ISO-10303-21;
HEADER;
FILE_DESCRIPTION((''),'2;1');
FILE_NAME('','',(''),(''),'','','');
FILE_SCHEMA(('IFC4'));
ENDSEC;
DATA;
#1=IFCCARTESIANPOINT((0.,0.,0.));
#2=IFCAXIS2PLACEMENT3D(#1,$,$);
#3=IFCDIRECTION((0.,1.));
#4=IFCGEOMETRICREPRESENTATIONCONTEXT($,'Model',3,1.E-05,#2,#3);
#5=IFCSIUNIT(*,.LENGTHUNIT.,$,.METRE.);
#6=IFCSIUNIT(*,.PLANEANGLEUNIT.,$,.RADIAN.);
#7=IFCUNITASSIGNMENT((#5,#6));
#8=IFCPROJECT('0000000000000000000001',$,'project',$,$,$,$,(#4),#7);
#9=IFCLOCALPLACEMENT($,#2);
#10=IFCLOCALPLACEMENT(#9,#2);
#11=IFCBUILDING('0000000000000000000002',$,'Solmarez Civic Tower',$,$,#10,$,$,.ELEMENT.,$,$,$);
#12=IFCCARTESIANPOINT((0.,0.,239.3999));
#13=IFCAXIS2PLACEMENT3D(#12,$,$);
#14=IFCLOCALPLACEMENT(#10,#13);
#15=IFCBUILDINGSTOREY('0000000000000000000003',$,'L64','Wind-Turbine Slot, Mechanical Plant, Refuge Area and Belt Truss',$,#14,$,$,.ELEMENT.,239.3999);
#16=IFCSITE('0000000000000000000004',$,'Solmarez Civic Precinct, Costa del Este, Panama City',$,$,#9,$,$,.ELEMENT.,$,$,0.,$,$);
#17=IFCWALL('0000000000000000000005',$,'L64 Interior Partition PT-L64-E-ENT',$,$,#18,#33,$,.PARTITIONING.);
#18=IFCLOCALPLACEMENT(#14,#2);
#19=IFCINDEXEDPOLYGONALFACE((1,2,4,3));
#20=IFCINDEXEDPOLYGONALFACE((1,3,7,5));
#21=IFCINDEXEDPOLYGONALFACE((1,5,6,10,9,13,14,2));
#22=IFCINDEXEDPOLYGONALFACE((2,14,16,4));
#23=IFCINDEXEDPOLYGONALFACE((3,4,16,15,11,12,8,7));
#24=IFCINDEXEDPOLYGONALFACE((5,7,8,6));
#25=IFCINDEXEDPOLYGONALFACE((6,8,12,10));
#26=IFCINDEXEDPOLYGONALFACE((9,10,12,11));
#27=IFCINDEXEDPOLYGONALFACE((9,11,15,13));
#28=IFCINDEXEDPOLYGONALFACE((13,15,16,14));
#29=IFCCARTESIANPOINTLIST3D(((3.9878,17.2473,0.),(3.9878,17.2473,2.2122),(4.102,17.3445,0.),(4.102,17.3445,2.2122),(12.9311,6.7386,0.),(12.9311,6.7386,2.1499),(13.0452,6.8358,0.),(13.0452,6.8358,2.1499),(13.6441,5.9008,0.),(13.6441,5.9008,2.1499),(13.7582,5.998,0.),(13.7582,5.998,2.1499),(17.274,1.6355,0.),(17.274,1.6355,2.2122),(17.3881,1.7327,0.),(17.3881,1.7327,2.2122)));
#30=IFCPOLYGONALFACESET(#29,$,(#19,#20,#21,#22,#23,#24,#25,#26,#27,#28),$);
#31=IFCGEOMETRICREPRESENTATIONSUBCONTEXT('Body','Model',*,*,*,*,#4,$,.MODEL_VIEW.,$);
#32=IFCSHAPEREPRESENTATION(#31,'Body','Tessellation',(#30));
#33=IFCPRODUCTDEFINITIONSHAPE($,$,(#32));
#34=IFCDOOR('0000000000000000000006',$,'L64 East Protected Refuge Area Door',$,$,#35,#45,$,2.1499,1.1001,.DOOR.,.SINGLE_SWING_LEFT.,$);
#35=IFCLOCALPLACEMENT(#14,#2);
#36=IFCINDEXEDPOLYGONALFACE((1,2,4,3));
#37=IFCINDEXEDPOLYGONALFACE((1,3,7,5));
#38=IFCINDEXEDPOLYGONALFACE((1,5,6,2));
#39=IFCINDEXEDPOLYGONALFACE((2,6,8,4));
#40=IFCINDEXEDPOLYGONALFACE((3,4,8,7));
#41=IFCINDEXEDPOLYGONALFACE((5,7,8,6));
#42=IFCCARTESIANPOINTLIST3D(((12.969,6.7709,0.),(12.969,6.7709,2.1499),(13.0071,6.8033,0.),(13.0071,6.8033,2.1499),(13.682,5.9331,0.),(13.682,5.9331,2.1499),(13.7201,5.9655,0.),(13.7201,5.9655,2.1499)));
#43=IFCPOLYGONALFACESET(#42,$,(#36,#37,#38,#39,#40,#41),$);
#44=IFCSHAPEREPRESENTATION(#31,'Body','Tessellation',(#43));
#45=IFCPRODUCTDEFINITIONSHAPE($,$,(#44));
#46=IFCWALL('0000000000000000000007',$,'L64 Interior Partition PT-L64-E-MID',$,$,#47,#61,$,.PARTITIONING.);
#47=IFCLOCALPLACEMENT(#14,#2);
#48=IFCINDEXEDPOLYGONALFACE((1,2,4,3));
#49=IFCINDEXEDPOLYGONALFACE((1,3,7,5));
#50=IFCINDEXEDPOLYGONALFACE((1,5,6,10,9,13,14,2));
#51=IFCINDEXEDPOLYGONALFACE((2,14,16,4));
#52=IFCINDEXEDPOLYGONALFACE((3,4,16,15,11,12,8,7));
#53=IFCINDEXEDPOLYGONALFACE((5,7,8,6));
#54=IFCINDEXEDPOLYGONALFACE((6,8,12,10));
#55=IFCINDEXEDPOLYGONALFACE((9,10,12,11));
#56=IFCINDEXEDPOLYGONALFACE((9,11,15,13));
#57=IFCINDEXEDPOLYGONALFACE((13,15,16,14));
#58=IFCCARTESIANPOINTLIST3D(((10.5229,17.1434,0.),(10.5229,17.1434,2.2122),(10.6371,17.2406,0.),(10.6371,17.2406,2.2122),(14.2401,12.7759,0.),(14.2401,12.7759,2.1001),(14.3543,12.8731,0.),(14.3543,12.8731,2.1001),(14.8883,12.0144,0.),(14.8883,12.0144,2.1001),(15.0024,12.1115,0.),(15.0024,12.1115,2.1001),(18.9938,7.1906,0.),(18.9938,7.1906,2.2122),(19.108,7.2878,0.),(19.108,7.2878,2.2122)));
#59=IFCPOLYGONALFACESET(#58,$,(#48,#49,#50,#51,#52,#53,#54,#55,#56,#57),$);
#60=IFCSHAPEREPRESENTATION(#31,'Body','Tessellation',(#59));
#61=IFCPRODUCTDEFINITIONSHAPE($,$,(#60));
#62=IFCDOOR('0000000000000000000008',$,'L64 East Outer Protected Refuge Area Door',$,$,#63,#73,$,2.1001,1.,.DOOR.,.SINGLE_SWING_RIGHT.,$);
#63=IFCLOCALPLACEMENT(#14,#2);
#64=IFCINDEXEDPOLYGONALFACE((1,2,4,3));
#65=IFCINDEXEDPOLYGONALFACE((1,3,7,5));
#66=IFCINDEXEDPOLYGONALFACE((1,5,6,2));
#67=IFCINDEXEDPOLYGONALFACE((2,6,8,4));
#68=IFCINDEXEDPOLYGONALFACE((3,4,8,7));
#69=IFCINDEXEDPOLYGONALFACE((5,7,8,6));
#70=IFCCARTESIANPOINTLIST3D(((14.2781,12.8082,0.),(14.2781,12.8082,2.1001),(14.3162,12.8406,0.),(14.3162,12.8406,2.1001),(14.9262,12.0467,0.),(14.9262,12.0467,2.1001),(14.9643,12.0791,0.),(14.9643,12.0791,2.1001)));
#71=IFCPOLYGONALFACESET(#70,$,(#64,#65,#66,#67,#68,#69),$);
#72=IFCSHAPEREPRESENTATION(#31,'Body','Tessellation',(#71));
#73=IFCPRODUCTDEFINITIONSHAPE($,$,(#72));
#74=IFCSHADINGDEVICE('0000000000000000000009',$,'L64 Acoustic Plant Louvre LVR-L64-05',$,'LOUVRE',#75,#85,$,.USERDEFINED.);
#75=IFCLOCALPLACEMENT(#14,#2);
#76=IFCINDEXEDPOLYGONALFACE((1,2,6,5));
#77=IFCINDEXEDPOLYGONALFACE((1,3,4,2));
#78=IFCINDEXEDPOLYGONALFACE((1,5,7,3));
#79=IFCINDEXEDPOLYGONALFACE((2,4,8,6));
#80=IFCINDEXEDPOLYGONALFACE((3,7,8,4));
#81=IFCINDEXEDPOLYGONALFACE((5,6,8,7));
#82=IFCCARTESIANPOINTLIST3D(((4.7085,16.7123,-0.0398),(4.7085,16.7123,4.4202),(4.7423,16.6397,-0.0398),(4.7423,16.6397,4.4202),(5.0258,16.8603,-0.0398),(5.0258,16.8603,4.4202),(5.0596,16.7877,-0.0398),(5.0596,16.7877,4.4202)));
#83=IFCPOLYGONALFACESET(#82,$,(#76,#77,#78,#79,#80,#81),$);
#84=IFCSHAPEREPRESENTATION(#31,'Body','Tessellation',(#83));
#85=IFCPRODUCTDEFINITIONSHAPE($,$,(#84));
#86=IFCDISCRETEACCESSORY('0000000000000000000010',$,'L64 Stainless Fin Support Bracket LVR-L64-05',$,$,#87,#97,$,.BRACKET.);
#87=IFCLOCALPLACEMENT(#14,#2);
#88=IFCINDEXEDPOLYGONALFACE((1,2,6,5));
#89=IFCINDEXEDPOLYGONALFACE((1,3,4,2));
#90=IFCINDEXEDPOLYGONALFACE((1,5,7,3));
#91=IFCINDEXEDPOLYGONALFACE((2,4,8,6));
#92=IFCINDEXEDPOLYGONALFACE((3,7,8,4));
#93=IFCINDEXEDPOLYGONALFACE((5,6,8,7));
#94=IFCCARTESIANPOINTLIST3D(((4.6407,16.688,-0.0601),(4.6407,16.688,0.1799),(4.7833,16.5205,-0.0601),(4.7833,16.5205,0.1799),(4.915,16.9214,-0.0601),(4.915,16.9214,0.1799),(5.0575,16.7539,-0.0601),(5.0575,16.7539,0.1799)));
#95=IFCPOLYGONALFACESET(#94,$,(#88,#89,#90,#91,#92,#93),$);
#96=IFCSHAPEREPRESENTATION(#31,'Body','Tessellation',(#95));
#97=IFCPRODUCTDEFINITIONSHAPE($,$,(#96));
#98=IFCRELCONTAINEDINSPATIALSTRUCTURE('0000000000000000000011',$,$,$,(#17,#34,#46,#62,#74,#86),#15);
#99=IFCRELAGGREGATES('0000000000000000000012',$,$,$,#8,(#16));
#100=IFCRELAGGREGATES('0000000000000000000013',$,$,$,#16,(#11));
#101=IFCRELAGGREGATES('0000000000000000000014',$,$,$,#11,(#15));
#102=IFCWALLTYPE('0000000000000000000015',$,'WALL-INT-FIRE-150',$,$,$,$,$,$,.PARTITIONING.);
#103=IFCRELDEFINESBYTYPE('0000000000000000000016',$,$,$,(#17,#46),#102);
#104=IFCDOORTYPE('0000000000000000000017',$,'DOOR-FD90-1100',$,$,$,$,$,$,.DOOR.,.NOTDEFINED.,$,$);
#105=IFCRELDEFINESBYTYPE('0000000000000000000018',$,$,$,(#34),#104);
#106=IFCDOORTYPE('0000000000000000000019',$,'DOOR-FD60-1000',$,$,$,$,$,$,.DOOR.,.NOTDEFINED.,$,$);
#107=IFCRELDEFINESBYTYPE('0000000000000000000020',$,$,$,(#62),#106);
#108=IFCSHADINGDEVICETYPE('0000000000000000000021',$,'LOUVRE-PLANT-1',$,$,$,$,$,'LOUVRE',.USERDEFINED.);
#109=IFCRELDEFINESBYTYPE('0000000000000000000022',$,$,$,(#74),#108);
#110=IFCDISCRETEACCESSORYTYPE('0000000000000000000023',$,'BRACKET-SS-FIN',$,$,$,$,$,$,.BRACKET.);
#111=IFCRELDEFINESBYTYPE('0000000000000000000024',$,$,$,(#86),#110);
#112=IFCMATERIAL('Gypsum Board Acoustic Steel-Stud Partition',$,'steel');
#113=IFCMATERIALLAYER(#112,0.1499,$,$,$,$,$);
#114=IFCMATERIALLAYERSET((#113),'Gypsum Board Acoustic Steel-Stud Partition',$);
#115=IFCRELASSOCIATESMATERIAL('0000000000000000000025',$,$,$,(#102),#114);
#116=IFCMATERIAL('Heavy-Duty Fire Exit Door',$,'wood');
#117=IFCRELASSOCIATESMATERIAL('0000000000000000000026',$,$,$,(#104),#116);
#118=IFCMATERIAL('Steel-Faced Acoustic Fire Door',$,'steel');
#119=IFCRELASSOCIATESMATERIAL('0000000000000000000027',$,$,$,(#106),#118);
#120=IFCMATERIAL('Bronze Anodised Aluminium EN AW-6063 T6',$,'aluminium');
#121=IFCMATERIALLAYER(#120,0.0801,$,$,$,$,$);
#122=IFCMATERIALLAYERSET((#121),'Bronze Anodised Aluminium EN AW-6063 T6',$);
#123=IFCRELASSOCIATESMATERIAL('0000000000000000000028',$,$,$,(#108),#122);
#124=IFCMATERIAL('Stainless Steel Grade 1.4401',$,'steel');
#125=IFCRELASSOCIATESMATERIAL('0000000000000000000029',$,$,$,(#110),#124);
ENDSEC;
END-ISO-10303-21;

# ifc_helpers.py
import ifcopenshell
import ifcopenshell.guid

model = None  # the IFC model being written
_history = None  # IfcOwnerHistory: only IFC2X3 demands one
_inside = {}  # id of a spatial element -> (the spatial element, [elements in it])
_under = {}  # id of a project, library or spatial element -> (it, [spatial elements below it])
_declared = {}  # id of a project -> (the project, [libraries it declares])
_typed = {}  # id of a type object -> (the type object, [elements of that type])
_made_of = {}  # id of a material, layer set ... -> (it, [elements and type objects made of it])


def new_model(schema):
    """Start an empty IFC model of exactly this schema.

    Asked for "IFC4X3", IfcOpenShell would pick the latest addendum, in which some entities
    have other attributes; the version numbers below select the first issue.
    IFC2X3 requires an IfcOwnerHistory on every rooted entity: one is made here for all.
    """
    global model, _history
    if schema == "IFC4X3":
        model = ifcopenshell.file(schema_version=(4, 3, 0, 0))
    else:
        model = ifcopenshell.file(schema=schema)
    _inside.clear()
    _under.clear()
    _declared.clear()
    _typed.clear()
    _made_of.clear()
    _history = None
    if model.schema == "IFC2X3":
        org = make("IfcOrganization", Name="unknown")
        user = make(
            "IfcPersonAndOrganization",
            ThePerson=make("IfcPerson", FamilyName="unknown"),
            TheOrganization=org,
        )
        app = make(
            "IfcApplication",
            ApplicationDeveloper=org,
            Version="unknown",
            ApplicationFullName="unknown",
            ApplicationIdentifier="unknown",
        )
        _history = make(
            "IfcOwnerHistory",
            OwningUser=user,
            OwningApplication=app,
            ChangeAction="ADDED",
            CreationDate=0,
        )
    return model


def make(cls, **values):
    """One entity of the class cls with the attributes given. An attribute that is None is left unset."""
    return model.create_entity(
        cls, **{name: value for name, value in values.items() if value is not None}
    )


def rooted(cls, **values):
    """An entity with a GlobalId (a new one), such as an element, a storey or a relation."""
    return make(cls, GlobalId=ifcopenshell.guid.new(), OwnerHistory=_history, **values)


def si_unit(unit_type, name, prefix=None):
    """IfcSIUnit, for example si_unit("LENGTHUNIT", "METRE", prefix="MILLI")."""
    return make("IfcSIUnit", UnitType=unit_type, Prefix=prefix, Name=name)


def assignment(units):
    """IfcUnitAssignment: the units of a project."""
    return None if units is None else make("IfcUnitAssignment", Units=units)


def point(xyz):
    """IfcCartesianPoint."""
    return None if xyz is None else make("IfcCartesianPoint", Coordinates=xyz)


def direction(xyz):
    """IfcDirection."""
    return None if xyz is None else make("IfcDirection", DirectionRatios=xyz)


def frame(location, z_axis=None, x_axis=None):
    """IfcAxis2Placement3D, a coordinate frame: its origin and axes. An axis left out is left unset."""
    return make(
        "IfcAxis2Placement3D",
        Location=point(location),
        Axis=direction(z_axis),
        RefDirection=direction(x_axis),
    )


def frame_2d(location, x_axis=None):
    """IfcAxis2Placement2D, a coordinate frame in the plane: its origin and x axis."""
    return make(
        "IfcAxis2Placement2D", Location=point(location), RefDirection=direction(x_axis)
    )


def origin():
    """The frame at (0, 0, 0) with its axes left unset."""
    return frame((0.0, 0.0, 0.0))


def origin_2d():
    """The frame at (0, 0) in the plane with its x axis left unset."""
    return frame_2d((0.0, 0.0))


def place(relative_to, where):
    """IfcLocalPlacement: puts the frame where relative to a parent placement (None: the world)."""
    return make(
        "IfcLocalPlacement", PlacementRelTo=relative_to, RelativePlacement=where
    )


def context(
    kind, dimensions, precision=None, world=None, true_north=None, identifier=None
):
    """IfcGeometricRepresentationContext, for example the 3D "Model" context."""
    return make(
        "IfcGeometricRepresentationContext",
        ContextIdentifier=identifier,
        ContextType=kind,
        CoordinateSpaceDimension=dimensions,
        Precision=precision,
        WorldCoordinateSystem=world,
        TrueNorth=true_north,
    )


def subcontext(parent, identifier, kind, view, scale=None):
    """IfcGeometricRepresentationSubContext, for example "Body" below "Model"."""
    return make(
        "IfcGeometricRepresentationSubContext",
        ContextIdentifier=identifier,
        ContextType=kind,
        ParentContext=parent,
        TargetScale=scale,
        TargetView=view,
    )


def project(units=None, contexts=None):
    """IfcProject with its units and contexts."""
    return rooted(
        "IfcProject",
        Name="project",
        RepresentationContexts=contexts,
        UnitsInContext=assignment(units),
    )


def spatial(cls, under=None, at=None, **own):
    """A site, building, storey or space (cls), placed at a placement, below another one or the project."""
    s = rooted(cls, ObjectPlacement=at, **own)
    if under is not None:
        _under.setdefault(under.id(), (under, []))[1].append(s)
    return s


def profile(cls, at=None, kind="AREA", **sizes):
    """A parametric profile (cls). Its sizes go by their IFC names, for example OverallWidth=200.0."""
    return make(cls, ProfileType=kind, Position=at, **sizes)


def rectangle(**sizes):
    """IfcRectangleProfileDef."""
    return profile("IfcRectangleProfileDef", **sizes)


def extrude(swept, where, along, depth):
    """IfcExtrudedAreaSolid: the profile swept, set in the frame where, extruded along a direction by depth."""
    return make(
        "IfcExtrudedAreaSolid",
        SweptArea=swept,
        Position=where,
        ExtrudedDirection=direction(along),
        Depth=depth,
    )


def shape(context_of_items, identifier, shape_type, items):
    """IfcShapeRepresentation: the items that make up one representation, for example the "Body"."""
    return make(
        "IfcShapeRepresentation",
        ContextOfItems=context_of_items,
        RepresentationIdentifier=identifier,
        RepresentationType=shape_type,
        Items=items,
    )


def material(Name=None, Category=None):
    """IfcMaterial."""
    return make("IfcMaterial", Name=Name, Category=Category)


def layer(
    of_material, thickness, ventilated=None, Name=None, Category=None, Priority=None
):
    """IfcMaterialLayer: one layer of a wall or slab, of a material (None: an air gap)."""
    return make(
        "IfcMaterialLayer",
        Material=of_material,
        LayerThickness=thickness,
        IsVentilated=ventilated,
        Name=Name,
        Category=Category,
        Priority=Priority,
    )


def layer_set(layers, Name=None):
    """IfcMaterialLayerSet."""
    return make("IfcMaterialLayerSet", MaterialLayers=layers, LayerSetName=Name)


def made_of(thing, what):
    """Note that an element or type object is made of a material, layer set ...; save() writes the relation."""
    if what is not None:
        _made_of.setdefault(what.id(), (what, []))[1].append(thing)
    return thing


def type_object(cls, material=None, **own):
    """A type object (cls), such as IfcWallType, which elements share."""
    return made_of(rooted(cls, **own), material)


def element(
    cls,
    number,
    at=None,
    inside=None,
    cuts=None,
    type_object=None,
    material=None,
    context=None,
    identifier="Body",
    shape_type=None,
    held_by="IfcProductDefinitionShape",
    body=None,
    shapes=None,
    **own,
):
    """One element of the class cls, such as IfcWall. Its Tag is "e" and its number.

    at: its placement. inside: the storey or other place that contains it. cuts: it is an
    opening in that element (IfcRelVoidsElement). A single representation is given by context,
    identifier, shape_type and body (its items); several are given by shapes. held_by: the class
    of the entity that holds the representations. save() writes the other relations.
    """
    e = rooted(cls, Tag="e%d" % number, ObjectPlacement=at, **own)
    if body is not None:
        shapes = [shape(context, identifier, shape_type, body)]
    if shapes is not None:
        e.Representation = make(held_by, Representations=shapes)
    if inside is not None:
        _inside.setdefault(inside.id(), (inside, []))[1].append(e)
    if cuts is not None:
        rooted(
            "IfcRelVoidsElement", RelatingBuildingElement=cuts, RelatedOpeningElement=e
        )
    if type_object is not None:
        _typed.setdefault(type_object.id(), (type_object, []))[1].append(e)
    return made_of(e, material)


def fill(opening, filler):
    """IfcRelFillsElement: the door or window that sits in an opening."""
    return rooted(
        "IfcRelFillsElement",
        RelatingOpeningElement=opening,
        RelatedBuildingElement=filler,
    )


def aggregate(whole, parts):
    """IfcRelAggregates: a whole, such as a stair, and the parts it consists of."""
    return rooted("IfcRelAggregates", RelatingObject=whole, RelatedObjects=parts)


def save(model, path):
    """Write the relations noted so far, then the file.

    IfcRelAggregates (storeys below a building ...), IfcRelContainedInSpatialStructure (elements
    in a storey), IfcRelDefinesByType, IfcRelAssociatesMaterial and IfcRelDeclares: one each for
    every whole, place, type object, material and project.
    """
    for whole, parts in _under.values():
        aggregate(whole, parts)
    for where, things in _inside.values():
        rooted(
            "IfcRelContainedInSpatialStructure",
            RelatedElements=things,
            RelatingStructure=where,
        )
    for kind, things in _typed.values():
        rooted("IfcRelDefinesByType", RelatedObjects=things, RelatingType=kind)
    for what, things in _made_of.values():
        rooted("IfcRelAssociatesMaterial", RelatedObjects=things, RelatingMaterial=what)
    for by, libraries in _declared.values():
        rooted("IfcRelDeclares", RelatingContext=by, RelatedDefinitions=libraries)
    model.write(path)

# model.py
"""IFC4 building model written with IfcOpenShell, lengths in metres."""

from ifc_helpers import new_model, si_unit, direction, frame, frame_2d, origin, origin_2d, place, context, subcontext, project, spatial, rectangle, extrude, material, layer, layer_set, type_object, element, fill, save


model = new_model("IFC4")

# Units and contexts
model_context = context("Model", 3, precision=1e-05, world=origin(), true_north=direction((0.0, 1.0)))
body_context = subcontext(model_context, "Body", "Model", "MODEL_VIEW")
ifc_project = project(units=[si_unit("LENGTHUNIT", "METRE"), si_unit("PLANEANGLEUNIT", "RADIAN")], contexts=[model_context])

# Site, building, storey
site_placement = place(None, origin())
site = spatial("IfcSite", under=ifc_project, at=site_placement, Name="Solmarez Civic Precinct, Costa del Este, Panama City", CompositionType="ELEMENT", RefElevation=0.0)
building_placement = place(site_placement, origin())
building = spatial("IfcBuilding", under=site, at=building_placement, Name="Solmarez Civic Tower", CompositionType="ELEMENT")
storey_placement = place(building_placement, frame((0.0, 0.0, 239.3999)))
storey = spatial("IfcBuildingStorey", under=building, at=storey_placement, Name="L64", Description="Wind-Turbine Slot, Mechanical Plant, Refuge Area and Belt Truss", CompositionType="ELEMENT", Elevation=239.3999)

# Walls, openings, doors
ifc_material_1 = material(Name="Gypsum Board Acoustic Steel-Stud Partition", Category="steel")
ifc_layer_1 = layer(ifc_material_1, 0.1499)
ifc_layer_set_1 = layer_set([ifc_layer_1], Name="Gypsum Board Acoustic Steel-Stud Partition")
wall_type_1 = type_object("IfcWallType", Name="WALL-INT-FIRE-150", PredefinedType="PARTITIONING", material=ifc_layer_set_1)
wall_1_placement = place(storey_placement, frame((4.0449, 17.2959, 0.0), z_axis=(0.0, 0.0, 1.0), x_axis=(0.648104, -0.761552, 0.0)))
wall_1 = element("IfcWall", 1, at=wall_1_placement, inside=storey, type_object=wall_type_1, Name="L64 Interior Partition PT-L64-E-ENT", PredefinedType="PARTITIONING", context=body_context, shape_type="SweptSolid", body=[
    extrude(rectangle(XDim=20.5, YDim=0.1499, at=frame_2d((10.25, 0.0))), origin(), (0.0, 0.0, 1.0), 2.2122),
])
opening_1_placement = place(wall_1_placement, frame((13.7991, 0.0, 0.0)))
opening_1 = element("IfcOpeningElement", 2, at=opening_1_placement, cuts=wall_1, PredefinedType="OPENING", context=body_context, shape_type="SweptSolid", body=[
    extrude(rectangle(XDim=1.1001, YDim=2.1499, at=frame_2d((0.55, 1.075))), frame((0.0, 0.085, 0.0), z_axis=(0.0, -1.0, 0.0), x_axis=(1.0, 0.0, 0.0)), (0.0, 0.0, 1.0), 0.1699),
])
ifc_material_2 = material(Name="Heavy-Duty Fire Exit Door", Category="wood")
door_type_1 = type_object("IfcDoorType", Name="DOOR-FD90-1100", OperationType="NOTDEFINED", PredefinedType="DOOR", material=ifc_material_2)
door_1_placement = place(opening_1_placement, origin())
door_1 = element("IfcDoor", 3, at=door_1_placement, inside=storey, type_object=door_type_1, Name="L64 East Protected Refuge Area Door", OperationType="SINGLE_SWING_LEFT", OverallHeight=2.1499, OverallWidth=1.1001, PredefinedType="DOOR", context=body_context, shape_type="SweptSolid", body=[
    extrude(rectangle(XDim=1.1001, YDim=2.1499, at=frame_2d((0.55, 1.075))), frame((0.0, 0.0249, 0.0), z_axis=(0.0, -1.0, 0.0), x_axis=(1.0, 0.0, 0.0)), (0.0, 0.0, 1.0), 0.05),
])
fill(opening_1, door_1)
wall_2_placement = place(storey_placement, frame((10.5801, 17.1919, 0.0), z_axis=(0.0, 0.0, 1.0), x_axis=(0.648137, -0.761524, 0.0)))
wall_2 = element("IfcWall", 4, at=wall_2_placement, inside=storey, type_object=wall_type_1, Name="L64 Interior Partition PT-L64-E-MID", PredefinedType="PARTITIONING", context=body_context, shape_type="SweptSolid", body=[
    extrude(rectangle(XDim=13.0696, YDim=0.1499, at=frame_2d((6.5347, 0.0))), origin(), (0.0, 0.0, 1.0), 2.2122),
])
opening_2_placement = place(wall_2_placement, frame((5.7351, 0.0, 0.0)))
opening_2 = element("IfcOpeningElement", 5, at=opening_2_placement, cuts=wall_2, PredefinedType="OPENING", context=body_context, shape_type="SweptSolid", body=[
    extrude(rectangle(XDim=1.0, YDim=2.1001, at=frame_2d((0.5, 1.05))), frame((0.0, 0.085, 0.0), z_axis=(0.0, -1.0, 0.0), x_axis=(1.0, 0.0, 0.0)), (0.0, 0.0, 1.0), 0.1699),
])
ifc_material_3 = material(Name="Steel-Faced Acoustic Fire Door", Category="steel")
door_type_2 = type_object("IfcDoorType", Name="DOOR-FD60-1000", OperationType="NOTDEFINED", PredefinedType="DOOR", material=ifc_material_3)
door_2_placement = place(opening_2_placement, origin())
door_2 = element("IfcDoor", 6, at=door_2_placement, inside=storey, type_object=door_type_2, Name="L64 East Outer Protected Refuge Area Door", OperationType="SINGLE_SWING_RIGHT", OverallHeight=2.1001, OverallWidth=1.0, PredefinedType="DOOR", context=body_context, shape_type="SweptSolid", body=[
    extrude(rectangle(XDim=1.0, YDim=2.1001, at=frame_2d((0.5, 1.05))), frame((0.0, 0.0249, 0.0), z_axis=(0.0, -1.0, 0.0), x_axis=(1.0, 0.0, 0.0)), (0.0, 0.0, 1.0), 0.05),
])
fill(opening_2, door_2)

# Shading device
ifc_material_4 = material(Name="Bronze Anodised Aluminium EN AW-6063 T6", Category="aluminium")
ifc_layer_2 = layer(ifc_material_4, 0.0801)
ifc_layer_set_2 = layer_set([ifc_layer_2], Name="Bronze Anodised Aluminium EN AW-6063 T6")
shading_device_type = type_object("IfcShadingDeviceType", Name="LOUVRE-PLANT-1", ElementType="LOUVRE", PredefinedType="USERDEFINED", material=ifc_layer_set_2)
shading_device_placement = place(storey_placement, frame((4.884, 16.75, -0.0398), z_axis=(0.0, 0.0, 1.0), x_axis=(0.906323, 0.422587, 0.0)))
element("IfcShadingDevice", 7, at=shading_device_placement, inside=storey, type_object=shading_device_type, Name="L64 Acoustic Plant Louvre LVR-L64-05", ObjectType="LOUVRE", PredefinedType="USERDEFINED", context=body_context, shape_type="SweptSolid", body=[
    extrude(rectangle(XDim=0.3501, YDim=0.0801, at=origin_2d()), origin(), (0.0, 0.0, 1.0), 4.46),
])

# Discrete accessory
ifc_material_5 = material(Name="Stainless Steel Grade 1.4401", Category="steel")
discrete_accessory_type = type_object("IfcDiscreteAccessoryType", Name="BRACKET-SS-FIN", PredefinedType="BRACKET", material=ifc_material_5)
discrete_accessory_placement = place(storey_placement, frame((4.8491, 16.7209, -0.0601), z_axis=(0.0, 0.0, 1.0), x_axis=(0.76156, 0.648094, 0.0)))
element("IfcDiscreteAccessory", 8, at=discrete_accessory_placement, inside=storey, type_object=discrete_accessory_type, Name="L64 Stainless Fin Support Bracket LVR-L64-05", PredefinedType="BRACKET", context=body_context, shape_type="SweptSolid", body=[
    extrude(rectangle(XDim=0.3601, YDim=0.22, at=origin_2d()), origin(), (0.0, 0.0, 1.0), 0.24),
])

save(model, "model.ifc")
